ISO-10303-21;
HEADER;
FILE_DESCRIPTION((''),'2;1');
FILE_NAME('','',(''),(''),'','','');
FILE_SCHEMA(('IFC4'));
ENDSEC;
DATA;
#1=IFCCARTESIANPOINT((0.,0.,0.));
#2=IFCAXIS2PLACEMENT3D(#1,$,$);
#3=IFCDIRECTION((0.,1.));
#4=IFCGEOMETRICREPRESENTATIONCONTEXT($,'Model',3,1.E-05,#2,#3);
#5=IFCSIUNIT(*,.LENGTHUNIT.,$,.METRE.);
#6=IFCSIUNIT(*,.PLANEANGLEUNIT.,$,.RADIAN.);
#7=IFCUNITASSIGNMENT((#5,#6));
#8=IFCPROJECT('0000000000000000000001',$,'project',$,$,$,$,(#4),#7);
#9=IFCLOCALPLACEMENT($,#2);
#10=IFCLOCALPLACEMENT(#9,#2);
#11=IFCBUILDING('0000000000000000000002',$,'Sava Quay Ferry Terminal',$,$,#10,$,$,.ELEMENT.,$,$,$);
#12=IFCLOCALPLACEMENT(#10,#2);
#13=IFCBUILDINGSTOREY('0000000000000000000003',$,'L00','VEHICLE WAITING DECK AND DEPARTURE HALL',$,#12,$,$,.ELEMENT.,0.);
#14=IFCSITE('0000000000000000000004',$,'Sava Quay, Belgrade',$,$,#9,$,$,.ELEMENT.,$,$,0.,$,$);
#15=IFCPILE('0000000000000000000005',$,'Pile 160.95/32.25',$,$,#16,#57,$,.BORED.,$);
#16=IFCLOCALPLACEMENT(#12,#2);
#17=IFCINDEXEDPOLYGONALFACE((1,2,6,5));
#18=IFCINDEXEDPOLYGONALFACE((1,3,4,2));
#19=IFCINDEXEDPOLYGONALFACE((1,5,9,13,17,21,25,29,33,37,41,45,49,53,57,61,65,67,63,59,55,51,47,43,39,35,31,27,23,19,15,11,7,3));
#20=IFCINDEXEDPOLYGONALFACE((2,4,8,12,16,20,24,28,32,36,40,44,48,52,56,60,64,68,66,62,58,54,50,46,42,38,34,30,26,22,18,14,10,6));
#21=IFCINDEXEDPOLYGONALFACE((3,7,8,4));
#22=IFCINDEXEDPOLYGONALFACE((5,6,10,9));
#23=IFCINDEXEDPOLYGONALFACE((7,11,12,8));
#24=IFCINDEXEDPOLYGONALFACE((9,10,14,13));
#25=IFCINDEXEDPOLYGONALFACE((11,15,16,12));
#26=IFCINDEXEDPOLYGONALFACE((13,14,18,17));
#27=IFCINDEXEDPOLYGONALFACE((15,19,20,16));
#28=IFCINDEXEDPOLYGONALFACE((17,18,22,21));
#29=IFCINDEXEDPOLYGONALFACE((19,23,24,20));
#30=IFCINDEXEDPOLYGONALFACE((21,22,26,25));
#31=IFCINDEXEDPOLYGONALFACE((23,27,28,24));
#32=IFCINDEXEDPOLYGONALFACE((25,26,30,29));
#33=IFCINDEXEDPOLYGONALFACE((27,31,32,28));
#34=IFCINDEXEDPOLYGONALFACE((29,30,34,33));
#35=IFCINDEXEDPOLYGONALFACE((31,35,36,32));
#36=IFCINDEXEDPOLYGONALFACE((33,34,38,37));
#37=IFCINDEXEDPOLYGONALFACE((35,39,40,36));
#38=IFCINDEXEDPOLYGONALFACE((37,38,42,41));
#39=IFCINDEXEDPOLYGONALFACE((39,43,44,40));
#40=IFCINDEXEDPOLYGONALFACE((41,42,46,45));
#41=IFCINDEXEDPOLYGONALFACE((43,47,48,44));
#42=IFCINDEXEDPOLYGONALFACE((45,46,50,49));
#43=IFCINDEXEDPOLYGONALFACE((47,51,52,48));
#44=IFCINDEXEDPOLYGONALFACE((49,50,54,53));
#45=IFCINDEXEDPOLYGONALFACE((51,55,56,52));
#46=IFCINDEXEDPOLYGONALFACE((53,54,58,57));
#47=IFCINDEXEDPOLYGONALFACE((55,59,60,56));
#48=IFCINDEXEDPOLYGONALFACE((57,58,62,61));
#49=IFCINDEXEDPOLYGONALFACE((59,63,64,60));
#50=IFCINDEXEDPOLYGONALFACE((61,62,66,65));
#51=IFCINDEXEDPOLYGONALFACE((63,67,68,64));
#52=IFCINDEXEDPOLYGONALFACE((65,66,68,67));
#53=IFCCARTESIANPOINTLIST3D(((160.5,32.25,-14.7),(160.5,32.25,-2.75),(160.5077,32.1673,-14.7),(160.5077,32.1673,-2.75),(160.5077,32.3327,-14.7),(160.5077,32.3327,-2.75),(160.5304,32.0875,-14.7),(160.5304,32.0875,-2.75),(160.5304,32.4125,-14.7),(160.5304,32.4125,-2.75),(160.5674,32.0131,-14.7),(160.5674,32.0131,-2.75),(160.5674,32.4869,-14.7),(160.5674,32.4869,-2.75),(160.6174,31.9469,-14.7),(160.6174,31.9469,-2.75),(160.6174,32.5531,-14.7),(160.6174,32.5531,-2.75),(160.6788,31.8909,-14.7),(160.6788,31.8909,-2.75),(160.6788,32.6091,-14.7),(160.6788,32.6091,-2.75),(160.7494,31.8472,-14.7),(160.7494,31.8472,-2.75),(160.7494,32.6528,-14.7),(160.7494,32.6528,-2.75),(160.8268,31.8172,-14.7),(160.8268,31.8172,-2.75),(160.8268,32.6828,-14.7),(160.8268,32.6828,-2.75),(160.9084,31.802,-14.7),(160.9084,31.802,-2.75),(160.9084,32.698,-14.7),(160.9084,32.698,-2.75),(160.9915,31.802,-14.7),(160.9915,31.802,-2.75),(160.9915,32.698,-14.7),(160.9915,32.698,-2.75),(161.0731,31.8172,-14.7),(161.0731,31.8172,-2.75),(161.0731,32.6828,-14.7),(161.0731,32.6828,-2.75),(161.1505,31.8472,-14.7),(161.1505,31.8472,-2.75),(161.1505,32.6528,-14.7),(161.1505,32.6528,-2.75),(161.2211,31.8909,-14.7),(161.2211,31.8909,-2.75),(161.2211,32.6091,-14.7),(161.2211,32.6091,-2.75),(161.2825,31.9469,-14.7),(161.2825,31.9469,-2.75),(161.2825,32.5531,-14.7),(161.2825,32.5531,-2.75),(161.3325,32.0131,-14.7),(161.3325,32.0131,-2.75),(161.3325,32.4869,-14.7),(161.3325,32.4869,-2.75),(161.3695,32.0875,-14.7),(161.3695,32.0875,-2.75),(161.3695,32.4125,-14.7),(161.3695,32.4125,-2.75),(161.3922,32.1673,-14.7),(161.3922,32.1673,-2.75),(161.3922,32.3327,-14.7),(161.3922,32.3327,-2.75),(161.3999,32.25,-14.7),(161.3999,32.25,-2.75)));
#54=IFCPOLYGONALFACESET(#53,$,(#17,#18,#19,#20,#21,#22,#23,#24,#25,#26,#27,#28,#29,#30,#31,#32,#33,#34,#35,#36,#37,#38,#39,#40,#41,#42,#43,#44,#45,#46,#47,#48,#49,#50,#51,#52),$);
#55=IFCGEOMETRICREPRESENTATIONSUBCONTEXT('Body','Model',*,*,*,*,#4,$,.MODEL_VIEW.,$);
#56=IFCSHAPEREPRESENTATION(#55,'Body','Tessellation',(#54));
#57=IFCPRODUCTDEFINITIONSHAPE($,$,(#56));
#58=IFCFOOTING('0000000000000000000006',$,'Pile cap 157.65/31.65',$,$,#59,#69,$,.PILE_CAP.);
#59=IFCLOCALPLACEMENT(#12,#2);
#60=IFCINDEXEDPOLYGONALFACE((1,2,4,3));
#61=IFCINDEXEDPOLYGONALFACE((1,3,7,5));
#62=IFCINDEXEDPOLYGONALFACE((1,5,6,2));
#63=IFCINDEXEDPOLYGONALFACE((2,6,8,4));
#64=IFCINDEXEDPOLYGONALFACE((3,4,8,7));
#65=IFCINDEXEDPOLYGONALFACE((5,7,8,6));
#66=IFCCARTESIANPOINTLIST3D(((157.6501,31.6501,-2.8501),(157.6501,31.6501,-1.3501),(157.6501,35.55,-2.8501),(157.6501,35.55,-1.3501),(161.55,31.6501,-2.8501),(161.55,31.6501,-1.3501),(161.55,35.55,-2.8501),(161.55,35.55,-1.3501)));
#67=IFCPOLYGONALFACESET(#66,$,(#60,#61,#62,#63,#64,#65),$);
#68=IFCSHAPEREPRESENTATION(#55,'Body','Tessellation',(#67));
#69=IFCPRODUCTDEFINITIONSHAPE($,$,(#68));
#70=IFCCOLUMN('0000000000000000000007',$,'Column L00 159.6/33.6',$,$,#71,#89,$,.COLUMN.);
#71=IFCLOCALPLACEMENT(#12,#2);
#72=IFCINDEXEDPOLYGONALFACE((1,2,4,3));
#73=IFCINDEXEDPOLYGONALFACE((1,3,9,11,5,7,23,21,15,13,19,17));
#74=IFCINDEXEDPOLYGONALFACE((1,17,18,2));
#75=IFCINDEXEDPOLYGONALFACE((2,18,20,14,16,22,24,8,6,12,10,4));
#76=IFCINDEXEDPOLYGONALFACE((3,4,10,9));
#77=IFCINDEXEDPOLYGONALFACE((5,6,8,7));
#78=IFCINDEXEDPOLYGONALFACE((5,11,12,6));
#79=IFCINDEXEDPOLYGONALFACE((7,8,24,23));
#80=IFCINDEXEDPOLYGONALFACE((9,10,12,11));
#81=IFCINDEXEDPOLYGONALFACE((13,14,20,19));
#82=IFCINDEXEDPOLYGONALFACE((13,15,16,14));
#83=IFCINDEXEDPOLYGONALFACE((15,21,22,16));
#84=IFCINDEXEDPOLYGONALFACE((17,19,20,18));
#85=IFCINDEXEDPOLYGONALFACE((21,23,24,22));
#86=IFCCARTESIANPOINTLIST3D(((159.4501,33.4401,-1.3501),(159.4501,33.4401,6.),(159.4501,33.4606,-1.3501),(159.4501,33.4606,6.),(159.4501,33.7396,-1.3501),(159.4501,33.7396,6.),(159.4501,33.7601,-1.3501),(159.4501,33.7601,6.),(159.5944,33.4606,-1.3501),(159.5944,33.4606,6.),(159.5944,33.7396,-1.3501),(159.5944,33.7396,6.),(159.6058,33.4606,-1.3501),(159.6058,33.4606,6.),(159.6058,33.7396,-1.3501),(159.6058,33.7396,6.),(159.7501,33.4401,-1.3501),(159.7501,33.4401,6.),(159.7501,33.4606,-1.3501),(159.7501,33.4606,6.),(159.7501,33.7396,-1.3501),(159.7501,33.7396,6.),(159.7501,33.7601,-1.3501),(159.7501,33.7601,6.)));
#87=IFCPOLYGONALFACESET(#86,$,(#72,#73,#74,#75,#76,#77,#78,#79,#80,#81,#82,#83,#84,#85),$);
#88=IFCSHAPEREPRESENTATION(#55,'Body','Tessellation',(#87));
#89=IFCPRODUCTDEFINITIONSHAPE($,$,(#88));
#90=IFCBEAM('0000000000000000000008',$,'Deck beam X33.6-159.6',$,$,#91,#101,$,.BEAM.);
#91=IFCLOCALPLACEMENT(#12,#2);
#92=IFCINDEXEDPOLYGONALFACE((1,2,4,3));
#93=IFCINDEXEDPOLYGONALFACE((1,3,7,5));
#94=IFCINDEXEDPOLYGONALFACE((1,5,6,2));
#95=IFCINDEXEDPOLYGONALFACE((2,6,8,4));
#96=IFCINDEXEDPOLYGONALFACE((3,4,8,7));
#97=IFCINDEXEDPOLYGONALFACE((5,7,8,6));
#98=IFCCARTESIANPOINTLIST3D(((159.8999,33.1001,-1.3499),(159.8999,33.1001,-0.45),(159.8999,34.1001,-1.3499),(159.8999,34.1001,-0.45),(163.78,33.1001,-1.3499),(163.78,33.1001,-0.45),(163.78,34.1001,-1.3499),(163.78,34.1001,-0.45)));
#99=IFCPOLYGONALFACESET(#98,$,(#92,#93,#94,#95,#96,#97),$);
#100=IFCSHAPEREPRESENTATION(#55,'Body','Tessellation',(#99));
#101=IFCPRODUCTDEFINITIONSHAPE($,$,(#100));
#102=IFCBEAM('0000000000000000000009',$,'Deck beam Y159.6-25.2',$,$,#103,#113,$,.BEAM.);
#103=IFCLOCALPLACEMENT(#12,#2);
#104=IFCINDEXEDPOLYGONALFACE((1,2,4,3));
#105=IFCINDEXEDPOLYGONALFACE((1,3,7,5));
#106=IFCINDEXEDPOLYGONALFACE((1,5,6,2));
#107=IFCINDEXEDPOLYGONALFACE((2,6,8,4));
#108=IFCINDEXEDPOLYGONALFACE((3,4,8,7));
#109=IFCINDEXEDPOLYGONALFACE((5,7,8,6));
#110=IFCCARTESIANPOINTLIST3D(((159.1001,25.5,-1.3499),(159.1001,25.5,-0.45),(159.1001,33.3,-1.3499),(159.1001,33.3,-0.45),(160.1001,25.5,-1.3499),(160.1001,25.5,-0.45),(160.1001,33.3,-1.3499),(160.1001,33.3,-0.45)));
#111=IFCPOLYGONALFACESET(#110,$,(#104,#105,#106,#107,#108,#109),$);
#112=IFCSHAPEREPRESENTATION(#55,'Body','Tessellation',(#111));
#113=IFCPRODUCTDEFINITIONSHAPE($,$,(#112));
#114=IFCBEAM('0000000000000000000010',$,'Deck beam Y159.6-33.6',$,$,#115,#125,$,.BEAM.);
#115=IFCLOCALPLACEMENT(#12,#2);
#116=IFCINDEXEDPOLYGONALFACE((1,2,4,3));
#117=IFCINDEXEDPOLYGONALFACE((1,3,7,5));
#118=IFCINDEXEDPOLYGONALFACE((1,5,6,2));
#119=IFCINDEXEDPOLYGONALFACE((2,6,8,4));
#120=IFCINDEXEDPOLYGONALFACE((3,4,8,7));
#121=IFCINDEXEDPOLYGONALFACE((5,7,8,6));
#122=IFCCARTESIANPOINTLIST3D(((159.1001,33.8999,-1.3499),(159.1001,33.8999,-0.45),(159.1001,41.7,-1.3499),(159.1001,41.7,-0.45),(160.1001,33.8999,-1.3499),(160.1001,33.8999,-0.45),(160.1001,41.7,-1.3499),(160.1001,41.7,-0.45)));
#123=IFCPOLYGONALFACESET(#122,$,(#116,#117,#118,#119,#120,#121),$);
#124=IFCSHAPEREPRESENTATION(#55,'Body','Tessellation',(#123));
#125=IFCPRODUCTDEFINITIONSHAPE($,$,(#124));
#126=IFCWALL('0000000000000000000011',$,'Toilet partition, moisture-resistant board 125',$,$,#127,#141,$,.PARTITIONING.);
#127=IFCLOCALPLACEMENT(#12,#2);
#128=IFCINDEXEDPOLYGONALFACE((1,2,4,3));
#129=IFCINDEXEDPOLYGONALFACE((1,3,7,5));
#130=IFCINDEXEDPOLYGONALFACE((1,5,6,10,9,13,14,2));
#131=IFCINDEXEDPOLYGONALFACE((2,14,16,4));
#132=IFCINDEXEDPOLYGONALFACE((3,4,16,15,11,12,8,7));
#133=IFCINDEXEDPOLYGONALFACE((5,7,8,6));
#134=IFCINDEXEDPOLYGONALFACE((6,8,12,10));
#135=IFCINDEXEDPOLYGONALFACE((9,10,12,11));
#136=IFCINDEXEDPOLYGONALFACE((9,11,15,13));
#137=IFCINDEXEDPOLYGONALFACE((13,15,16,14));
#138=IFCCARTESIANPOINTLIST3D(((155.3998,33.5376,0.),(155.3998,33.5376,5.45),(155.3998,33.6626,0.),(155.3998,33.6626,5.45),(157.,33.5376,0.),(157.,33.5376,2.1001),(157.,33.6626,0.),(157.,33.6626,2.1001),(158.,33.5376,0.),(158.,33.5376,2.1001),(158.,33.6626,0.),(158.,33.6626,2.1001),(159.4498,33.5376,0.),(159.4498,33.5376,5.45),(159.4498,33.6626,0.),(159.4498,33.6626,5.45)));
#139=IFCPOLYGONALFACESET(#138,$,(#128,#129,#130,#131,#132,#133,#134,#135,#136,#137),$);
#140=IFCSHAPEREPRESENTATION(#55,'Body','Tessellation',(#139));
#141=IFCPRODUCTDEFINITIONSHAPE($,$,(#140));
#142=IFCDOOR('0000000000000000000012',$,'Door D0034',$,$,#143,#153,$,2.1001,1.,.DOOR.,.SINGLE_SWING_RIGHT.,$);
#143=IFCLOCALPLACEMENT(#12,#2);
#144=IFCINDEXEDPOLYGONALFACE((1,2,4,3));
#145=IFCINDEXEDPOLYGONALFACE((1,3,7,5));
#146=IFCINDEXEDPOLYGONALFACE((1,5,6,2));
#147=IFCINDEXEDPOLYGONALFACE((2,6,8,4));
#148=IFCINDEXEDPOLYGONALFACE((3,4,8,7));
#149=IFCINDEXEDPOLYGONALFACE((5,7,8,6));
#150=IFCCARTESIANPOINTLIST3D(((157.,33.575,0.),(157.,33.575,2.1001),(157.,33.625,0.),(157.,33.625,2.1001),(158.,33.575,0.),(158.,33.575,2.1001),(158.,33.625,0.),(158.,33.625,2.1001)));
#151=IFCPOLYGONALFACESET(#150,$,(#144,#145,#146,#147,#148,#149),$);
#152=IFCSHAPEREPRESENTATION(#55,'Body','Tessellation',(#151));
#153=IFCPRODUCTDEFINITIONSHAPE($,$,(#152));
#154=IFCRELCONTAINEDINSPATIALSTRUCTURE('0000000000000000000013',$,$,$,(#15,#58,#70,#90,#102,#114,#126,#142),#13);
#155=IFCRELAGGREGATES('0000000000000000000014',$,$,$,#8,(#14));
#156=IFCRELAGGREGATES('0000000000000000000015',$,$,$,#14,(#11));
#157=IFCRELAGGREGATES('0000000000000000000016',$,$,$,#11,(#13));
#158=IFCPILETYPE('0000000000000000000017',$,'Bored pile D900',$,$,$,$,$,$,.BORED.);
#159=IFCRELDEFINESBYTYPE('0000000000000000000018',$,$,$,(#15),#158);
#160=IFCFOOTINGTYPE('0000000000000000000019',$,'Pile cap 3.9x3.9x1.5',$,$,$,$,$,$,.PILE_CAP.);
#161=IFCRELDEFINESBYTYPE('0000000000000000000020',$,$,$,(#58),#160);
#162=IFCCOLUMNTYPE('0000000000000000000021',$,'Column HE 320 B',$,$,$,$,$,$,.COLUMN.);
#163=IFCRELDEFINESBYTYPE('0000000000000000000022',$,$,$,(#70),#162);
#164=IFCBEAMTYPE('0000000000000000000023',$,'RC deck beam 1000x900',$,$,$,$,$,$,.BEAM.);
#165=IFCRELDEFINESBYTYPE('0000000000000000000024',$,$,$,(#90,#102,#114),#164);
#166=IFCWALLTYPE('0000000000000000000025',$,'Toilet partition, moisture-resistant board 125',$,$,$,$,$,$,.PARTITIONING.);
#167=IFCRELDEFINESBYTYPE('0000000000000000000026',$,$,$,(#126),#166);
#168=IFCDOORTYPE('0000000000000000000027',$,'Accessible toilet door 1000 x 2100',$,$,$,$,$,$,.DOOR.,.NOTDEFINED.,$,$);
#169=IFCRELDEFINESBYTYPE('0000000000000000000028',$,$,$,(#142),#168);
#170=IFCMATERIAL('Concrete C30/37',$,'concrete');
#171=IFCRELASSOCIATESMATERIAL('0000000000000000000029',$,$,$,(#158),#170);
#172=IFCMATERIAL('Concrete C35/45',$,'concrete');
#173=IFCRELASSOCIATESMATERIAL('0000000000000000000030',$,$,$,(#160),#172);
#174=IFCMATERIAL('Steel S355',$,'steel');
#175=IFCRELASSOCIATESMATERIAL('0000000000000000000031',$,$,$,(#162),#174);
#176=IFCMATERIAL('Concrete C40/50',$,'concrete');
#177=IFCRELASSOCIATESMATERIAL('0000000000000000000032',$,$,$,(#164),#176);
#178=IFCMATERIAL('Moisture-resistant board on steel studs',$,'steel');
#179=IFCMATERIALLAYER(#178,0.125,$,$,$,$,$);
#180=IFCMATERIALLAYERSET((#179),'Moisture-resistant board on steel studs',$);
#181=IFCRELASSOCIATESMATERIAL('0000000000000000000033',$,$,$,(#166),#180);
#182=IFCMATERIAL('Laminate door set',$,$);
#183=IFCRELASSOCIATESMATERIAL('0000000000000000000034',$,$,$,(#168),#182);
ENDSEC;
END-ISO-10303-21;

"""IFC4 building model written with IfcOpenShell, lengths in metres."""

from ifc_helpers import new_model, si_unit, direction, frame, frame_2d, origin, origin_2d, place, context, subcontext, project, spatial, rectangle, circle, i_section, extrude, material, layer, layer_set, material_profile, profile_set, type_object, element, fill, save


model = new_model("IFC4")

# Units and contexts
model_context = context("Model", 3, precision=1e-05, world=origin(), true_north=direction((0.0, 1.0)))
body_context = subcontext(model_context, "Body", "Model", "MODEL_VIEW")
ifc_project = project(units=[si_unit("LENGTHUNIT", "METRE"), si_unit("PLANEANGLEUNIT", "RADIAN")], contexts=[model_context])

# Site, building, storey
site_placement = place(None, origin())
site = spatial("IfcSite", under=ifc_project, at=site_placement, Name="Sava Quay, Belgrade", CompositionType="ELEMENT", RefElevation=0.0)
building_placement = place(site_placement, origin())
building = spatial("IfcBuilding", under=site, at=building_placement, Name="Sava Quay Ferry Terminal", CompositionType="ELEMENT")
storey_placement = place(building_placement, origin())
storey = spatial("IfcBuildingStorey", under=building, at=storey_placement, Name="L00", Description="VEHICLE WAITING DECK AND DEPARTURE HALL", CompositionType="ELEMENT", Elevation=0.0)

# Pile
ifc_material_1 = material(Name="Concrete C30/37", Category="concrete")
ifc_material_profile_1 = material_profile(ifc_material_1, circle(Radius=0.45, at=origin_2d()), Name="Bored pile D900")
ifc_profile_set_1 = profile_set([ifc_material_profile_1], Name="Concrete C30/37")
pile_type = type_object("IfcPileType", Name="Bored pile D900", PredefinedType="BORED", material=ifc_profile_set_1)
for number, where, z_axis, x_axis, name in (
    (1, (160.95, 32.25, -2.75), (0.0, 0.0, -1.0), (1.0, 0.0, 0.0), "Pile 160.95/32.25"),
):
    element("IfcPile", number, at=place(storey_placement, frame(where, z_axis=z_axis, x_axis=x_axis)), inside=storey, type_object=pile_type, Name=name, PredefinedType="BORED", context=body_context, shape_type="SweptSolid", body=[
        extrude(circle(Radius=0.45, at=origin_2d()), origin(), (0.0, 0.0, 1.0), 11.95),
    ])

# Footing
ifc_material_2 = material(Name="Concrete C35/45", Category="concrete")
footing_type = type_object("IfcFootingType", Name="Pile cap 3.9x3.9x1.5", PredefinedType="PILE_CAP", material=ifc_material_2)
footing_placement = place(storey_placement, frame((159.6001, 33.6001, -2.8501), z_axis=(0.0, 0.0, 1.0), x_axis=(1.0, 0.0, 0.0)))
element("IfcFooting", 2, at=footing_placement, inside=storey, type_object=footing_type, Name="Pile cap 157.65/31.65", PredefinedType="PILE_CAP", context=body_context, shape_type="SweptSolid", body=[
    extrude(rectangle(XDim=3.8999, YDim=3.8999, at=origin_2d()), origin(), (0.0, 0.0, 1.0), 1.5),
])

# Column
ifc_material_3 = material(Name="Steel S355", Category="steel")
ifc_material_profile_2 = material_profile(ifc_material_3, i_section(OverallWidth=0.3, OverallDepth=0.3201, WebThickness=0.0115, FlangeThickness=0.0205, at=origin_2d()), Name="HE 320 B")
ifc_profile_set_2 = profile_set([ifc_material_profile_2], Name="Steel S355")
column_type = type_object("IfcColumnType", Name="Column HE 320 B", PredefinedType="COLUMN", material=ifc_profile_set_2)
column_placement = place(storey_placement, frame((159.6001, 33.6001, -1.3501), z_axis=(0.0, 0.0, 1.0), x_axis=(1.0, 0.0, 0.0)))
element("IfcColumn", 3, at=column_placement, inside=storey, type_object=column_type, Name="Column L00 159.6/33.6", PredefinedType="COLUMN", context=body_context, shape_type="SweptSolid", body=[
    extrude(i_section(OverallWidth=0.3, OverallDepth=0.3201, WebThickness=0.0115, FlangeThickness=0.0205, at=origin_2d()), origin(), (0.0, 0.0, 1.0), 7.3501),
])

# Beams
ifc_material_4 = material(Name="Concrete C40/50", Category="concrete")
ifc_material_profile_3 = material_profile(ifc_material_4, rectangle(XDim=1.0, YDim=0.8999, at=origin_2d()), Name="RC 1000x900")
ifc_profile_set_3 = profile_set([ifc_material_profile_3], Name="Concrete C40/50")
beam_type = type_object("IfcBeamType", Name="RC deck beam 1000x900", PredefinedType="BEAM", material=ifc_profile_set_3)
beam_placement = place(storey_placement, frame((159.8999, 33.6001, -0.8999), z_axis=(1.0, 0.0, 0.0), x_axis=(0.0, 1.0, 0.0)))
element("IfcBeam", 4, at=beam_placement, inside=storey, type_object=beam_type, Name="Deck beam X33.6-159.6", PredefinedType="BEAM", context=body_context, shape_type="SweptSolid", body=[
    extrude(rectangle(XDim=1.0, YDim=0.8999, at=origin_2d()), origin(), (0.0, 0.0, 1.0), 3.8801),
])
for number, where, z_axis, x_axis, name in (
    (5, (159.6001, 25.5, -0.8999), (0.0, 1.0, 0.0), (-1.0, 0.0, 0.0), "Deck beam Y159.6-25.2"),
    (6, (159.6001, 33.8999, -0.8999), (0.0, 1.0, 0.0), (-1.0, 0.0, 0.0), "Deck beam Y159.6-33.6"),
):
    element("IfcBeam", number, at=place(storey_placement, frame(where, z_axis=z_axis, x_axis=x_axis)), inside=storey, type_object=beam_type, Name=name, PredefinedType="BEAM", context=body_context, shape_type="SweptSolid", body=[
        extrude(rectangle(XDim=1.0, YDim=0.8999, at=origin_2d()), origin(), (0.0, 0.0, 1.0), 7.8),
    ])

# Wall, opening, door
ifc_material_5 = material(Name="Moisture-resistant board on steel studs", Category="steel")
ifc_layer = layer(ifc_material_5, 0.125)
ifc_layer_set = layer_set([ifc_layer], Name="Moisture-resistant board on steel studs")
wall_type = type_object("IfcWallType", Name="Toilet partition, moisture-resistant board 125", PredefinedType="PARTITIONING", material=ifc_layer_set)
wall_1_placement = place(storey_placement, frame((155.3999, 33.6001, 0.0), z_axis=(0.0, 0.0, 1.0), x_axis=(1.0, 0.0, 0.0)))
wall_1 = element("IfcWall", 7, at=wall_1_placement, inside=storey, type_object=wall_type, Name="Toilet partition, moisture-resistant board 125", PredefinedType="PARTITIONING", context=body_context, shape_type="SweptSolid", body=[
    extrude(rectangle(XDim=4.05, YDim=0.125, at=frame_2d((2.0249, 0.0))), origin(), (0.0, 0.0, 1.0), 5.45),
])
opening_1_placement = place(wall_1_placement, frame((1.6001, 0.0, 0.0)))
opening_1 = element("IfcOpeningElement", 8, at=opening_1_placement, cuts=wall_1, PredefinedType="OPENING", context=body_context, shape_type="SweptSolid", body=[
    extrude(rectangle(XDim=1.0, YDim=2.1001, at=frame_2d((0.5, 1.05))), frame((0.0, 0.0625, 0.0), z_axis=(0.0, -1.0, 0.0), x_axis=(1.0, 0.0, 0.0)), (0.0, 0.0, 1.0), 0.125),
])
ifc_material_6 = material(Name="Laminate door set")
door_type_1 = type_object("IfcDoorType", Name="Accessible toilet door 1000 x 2100", OperationType="NOTDEFINED", PredefinedType="DOOR", material=ifc_material_6)
door_1_placement = place(opening_1_placement, origin())
door_1 = element("IfcDoor", 9, at=door_1_placement, inside=storey, type_object=door_type_1, Name="Door D0034", OperationType="SINGLE_SWING_RIGHT", OverallHeight=2.1001, OverallWidth=1.0, PredefinedType="DOOR", context=body_context, shape_type="SweptSolid", body=[
    extrude(rectangle(XDim=1.0, YDim=2.1001, at=frame_2d((0.5, 1.05))), frame((0.0, 0.0249, 0.0), z_axis=(0.0, -1.0, 0.0), x_axis=(1.0, 0.0, 0.0)), (0.0, 0.0, 1.0), 0.05),
])
fill(opening_1, door_1)

save(model, "model.ifc")
